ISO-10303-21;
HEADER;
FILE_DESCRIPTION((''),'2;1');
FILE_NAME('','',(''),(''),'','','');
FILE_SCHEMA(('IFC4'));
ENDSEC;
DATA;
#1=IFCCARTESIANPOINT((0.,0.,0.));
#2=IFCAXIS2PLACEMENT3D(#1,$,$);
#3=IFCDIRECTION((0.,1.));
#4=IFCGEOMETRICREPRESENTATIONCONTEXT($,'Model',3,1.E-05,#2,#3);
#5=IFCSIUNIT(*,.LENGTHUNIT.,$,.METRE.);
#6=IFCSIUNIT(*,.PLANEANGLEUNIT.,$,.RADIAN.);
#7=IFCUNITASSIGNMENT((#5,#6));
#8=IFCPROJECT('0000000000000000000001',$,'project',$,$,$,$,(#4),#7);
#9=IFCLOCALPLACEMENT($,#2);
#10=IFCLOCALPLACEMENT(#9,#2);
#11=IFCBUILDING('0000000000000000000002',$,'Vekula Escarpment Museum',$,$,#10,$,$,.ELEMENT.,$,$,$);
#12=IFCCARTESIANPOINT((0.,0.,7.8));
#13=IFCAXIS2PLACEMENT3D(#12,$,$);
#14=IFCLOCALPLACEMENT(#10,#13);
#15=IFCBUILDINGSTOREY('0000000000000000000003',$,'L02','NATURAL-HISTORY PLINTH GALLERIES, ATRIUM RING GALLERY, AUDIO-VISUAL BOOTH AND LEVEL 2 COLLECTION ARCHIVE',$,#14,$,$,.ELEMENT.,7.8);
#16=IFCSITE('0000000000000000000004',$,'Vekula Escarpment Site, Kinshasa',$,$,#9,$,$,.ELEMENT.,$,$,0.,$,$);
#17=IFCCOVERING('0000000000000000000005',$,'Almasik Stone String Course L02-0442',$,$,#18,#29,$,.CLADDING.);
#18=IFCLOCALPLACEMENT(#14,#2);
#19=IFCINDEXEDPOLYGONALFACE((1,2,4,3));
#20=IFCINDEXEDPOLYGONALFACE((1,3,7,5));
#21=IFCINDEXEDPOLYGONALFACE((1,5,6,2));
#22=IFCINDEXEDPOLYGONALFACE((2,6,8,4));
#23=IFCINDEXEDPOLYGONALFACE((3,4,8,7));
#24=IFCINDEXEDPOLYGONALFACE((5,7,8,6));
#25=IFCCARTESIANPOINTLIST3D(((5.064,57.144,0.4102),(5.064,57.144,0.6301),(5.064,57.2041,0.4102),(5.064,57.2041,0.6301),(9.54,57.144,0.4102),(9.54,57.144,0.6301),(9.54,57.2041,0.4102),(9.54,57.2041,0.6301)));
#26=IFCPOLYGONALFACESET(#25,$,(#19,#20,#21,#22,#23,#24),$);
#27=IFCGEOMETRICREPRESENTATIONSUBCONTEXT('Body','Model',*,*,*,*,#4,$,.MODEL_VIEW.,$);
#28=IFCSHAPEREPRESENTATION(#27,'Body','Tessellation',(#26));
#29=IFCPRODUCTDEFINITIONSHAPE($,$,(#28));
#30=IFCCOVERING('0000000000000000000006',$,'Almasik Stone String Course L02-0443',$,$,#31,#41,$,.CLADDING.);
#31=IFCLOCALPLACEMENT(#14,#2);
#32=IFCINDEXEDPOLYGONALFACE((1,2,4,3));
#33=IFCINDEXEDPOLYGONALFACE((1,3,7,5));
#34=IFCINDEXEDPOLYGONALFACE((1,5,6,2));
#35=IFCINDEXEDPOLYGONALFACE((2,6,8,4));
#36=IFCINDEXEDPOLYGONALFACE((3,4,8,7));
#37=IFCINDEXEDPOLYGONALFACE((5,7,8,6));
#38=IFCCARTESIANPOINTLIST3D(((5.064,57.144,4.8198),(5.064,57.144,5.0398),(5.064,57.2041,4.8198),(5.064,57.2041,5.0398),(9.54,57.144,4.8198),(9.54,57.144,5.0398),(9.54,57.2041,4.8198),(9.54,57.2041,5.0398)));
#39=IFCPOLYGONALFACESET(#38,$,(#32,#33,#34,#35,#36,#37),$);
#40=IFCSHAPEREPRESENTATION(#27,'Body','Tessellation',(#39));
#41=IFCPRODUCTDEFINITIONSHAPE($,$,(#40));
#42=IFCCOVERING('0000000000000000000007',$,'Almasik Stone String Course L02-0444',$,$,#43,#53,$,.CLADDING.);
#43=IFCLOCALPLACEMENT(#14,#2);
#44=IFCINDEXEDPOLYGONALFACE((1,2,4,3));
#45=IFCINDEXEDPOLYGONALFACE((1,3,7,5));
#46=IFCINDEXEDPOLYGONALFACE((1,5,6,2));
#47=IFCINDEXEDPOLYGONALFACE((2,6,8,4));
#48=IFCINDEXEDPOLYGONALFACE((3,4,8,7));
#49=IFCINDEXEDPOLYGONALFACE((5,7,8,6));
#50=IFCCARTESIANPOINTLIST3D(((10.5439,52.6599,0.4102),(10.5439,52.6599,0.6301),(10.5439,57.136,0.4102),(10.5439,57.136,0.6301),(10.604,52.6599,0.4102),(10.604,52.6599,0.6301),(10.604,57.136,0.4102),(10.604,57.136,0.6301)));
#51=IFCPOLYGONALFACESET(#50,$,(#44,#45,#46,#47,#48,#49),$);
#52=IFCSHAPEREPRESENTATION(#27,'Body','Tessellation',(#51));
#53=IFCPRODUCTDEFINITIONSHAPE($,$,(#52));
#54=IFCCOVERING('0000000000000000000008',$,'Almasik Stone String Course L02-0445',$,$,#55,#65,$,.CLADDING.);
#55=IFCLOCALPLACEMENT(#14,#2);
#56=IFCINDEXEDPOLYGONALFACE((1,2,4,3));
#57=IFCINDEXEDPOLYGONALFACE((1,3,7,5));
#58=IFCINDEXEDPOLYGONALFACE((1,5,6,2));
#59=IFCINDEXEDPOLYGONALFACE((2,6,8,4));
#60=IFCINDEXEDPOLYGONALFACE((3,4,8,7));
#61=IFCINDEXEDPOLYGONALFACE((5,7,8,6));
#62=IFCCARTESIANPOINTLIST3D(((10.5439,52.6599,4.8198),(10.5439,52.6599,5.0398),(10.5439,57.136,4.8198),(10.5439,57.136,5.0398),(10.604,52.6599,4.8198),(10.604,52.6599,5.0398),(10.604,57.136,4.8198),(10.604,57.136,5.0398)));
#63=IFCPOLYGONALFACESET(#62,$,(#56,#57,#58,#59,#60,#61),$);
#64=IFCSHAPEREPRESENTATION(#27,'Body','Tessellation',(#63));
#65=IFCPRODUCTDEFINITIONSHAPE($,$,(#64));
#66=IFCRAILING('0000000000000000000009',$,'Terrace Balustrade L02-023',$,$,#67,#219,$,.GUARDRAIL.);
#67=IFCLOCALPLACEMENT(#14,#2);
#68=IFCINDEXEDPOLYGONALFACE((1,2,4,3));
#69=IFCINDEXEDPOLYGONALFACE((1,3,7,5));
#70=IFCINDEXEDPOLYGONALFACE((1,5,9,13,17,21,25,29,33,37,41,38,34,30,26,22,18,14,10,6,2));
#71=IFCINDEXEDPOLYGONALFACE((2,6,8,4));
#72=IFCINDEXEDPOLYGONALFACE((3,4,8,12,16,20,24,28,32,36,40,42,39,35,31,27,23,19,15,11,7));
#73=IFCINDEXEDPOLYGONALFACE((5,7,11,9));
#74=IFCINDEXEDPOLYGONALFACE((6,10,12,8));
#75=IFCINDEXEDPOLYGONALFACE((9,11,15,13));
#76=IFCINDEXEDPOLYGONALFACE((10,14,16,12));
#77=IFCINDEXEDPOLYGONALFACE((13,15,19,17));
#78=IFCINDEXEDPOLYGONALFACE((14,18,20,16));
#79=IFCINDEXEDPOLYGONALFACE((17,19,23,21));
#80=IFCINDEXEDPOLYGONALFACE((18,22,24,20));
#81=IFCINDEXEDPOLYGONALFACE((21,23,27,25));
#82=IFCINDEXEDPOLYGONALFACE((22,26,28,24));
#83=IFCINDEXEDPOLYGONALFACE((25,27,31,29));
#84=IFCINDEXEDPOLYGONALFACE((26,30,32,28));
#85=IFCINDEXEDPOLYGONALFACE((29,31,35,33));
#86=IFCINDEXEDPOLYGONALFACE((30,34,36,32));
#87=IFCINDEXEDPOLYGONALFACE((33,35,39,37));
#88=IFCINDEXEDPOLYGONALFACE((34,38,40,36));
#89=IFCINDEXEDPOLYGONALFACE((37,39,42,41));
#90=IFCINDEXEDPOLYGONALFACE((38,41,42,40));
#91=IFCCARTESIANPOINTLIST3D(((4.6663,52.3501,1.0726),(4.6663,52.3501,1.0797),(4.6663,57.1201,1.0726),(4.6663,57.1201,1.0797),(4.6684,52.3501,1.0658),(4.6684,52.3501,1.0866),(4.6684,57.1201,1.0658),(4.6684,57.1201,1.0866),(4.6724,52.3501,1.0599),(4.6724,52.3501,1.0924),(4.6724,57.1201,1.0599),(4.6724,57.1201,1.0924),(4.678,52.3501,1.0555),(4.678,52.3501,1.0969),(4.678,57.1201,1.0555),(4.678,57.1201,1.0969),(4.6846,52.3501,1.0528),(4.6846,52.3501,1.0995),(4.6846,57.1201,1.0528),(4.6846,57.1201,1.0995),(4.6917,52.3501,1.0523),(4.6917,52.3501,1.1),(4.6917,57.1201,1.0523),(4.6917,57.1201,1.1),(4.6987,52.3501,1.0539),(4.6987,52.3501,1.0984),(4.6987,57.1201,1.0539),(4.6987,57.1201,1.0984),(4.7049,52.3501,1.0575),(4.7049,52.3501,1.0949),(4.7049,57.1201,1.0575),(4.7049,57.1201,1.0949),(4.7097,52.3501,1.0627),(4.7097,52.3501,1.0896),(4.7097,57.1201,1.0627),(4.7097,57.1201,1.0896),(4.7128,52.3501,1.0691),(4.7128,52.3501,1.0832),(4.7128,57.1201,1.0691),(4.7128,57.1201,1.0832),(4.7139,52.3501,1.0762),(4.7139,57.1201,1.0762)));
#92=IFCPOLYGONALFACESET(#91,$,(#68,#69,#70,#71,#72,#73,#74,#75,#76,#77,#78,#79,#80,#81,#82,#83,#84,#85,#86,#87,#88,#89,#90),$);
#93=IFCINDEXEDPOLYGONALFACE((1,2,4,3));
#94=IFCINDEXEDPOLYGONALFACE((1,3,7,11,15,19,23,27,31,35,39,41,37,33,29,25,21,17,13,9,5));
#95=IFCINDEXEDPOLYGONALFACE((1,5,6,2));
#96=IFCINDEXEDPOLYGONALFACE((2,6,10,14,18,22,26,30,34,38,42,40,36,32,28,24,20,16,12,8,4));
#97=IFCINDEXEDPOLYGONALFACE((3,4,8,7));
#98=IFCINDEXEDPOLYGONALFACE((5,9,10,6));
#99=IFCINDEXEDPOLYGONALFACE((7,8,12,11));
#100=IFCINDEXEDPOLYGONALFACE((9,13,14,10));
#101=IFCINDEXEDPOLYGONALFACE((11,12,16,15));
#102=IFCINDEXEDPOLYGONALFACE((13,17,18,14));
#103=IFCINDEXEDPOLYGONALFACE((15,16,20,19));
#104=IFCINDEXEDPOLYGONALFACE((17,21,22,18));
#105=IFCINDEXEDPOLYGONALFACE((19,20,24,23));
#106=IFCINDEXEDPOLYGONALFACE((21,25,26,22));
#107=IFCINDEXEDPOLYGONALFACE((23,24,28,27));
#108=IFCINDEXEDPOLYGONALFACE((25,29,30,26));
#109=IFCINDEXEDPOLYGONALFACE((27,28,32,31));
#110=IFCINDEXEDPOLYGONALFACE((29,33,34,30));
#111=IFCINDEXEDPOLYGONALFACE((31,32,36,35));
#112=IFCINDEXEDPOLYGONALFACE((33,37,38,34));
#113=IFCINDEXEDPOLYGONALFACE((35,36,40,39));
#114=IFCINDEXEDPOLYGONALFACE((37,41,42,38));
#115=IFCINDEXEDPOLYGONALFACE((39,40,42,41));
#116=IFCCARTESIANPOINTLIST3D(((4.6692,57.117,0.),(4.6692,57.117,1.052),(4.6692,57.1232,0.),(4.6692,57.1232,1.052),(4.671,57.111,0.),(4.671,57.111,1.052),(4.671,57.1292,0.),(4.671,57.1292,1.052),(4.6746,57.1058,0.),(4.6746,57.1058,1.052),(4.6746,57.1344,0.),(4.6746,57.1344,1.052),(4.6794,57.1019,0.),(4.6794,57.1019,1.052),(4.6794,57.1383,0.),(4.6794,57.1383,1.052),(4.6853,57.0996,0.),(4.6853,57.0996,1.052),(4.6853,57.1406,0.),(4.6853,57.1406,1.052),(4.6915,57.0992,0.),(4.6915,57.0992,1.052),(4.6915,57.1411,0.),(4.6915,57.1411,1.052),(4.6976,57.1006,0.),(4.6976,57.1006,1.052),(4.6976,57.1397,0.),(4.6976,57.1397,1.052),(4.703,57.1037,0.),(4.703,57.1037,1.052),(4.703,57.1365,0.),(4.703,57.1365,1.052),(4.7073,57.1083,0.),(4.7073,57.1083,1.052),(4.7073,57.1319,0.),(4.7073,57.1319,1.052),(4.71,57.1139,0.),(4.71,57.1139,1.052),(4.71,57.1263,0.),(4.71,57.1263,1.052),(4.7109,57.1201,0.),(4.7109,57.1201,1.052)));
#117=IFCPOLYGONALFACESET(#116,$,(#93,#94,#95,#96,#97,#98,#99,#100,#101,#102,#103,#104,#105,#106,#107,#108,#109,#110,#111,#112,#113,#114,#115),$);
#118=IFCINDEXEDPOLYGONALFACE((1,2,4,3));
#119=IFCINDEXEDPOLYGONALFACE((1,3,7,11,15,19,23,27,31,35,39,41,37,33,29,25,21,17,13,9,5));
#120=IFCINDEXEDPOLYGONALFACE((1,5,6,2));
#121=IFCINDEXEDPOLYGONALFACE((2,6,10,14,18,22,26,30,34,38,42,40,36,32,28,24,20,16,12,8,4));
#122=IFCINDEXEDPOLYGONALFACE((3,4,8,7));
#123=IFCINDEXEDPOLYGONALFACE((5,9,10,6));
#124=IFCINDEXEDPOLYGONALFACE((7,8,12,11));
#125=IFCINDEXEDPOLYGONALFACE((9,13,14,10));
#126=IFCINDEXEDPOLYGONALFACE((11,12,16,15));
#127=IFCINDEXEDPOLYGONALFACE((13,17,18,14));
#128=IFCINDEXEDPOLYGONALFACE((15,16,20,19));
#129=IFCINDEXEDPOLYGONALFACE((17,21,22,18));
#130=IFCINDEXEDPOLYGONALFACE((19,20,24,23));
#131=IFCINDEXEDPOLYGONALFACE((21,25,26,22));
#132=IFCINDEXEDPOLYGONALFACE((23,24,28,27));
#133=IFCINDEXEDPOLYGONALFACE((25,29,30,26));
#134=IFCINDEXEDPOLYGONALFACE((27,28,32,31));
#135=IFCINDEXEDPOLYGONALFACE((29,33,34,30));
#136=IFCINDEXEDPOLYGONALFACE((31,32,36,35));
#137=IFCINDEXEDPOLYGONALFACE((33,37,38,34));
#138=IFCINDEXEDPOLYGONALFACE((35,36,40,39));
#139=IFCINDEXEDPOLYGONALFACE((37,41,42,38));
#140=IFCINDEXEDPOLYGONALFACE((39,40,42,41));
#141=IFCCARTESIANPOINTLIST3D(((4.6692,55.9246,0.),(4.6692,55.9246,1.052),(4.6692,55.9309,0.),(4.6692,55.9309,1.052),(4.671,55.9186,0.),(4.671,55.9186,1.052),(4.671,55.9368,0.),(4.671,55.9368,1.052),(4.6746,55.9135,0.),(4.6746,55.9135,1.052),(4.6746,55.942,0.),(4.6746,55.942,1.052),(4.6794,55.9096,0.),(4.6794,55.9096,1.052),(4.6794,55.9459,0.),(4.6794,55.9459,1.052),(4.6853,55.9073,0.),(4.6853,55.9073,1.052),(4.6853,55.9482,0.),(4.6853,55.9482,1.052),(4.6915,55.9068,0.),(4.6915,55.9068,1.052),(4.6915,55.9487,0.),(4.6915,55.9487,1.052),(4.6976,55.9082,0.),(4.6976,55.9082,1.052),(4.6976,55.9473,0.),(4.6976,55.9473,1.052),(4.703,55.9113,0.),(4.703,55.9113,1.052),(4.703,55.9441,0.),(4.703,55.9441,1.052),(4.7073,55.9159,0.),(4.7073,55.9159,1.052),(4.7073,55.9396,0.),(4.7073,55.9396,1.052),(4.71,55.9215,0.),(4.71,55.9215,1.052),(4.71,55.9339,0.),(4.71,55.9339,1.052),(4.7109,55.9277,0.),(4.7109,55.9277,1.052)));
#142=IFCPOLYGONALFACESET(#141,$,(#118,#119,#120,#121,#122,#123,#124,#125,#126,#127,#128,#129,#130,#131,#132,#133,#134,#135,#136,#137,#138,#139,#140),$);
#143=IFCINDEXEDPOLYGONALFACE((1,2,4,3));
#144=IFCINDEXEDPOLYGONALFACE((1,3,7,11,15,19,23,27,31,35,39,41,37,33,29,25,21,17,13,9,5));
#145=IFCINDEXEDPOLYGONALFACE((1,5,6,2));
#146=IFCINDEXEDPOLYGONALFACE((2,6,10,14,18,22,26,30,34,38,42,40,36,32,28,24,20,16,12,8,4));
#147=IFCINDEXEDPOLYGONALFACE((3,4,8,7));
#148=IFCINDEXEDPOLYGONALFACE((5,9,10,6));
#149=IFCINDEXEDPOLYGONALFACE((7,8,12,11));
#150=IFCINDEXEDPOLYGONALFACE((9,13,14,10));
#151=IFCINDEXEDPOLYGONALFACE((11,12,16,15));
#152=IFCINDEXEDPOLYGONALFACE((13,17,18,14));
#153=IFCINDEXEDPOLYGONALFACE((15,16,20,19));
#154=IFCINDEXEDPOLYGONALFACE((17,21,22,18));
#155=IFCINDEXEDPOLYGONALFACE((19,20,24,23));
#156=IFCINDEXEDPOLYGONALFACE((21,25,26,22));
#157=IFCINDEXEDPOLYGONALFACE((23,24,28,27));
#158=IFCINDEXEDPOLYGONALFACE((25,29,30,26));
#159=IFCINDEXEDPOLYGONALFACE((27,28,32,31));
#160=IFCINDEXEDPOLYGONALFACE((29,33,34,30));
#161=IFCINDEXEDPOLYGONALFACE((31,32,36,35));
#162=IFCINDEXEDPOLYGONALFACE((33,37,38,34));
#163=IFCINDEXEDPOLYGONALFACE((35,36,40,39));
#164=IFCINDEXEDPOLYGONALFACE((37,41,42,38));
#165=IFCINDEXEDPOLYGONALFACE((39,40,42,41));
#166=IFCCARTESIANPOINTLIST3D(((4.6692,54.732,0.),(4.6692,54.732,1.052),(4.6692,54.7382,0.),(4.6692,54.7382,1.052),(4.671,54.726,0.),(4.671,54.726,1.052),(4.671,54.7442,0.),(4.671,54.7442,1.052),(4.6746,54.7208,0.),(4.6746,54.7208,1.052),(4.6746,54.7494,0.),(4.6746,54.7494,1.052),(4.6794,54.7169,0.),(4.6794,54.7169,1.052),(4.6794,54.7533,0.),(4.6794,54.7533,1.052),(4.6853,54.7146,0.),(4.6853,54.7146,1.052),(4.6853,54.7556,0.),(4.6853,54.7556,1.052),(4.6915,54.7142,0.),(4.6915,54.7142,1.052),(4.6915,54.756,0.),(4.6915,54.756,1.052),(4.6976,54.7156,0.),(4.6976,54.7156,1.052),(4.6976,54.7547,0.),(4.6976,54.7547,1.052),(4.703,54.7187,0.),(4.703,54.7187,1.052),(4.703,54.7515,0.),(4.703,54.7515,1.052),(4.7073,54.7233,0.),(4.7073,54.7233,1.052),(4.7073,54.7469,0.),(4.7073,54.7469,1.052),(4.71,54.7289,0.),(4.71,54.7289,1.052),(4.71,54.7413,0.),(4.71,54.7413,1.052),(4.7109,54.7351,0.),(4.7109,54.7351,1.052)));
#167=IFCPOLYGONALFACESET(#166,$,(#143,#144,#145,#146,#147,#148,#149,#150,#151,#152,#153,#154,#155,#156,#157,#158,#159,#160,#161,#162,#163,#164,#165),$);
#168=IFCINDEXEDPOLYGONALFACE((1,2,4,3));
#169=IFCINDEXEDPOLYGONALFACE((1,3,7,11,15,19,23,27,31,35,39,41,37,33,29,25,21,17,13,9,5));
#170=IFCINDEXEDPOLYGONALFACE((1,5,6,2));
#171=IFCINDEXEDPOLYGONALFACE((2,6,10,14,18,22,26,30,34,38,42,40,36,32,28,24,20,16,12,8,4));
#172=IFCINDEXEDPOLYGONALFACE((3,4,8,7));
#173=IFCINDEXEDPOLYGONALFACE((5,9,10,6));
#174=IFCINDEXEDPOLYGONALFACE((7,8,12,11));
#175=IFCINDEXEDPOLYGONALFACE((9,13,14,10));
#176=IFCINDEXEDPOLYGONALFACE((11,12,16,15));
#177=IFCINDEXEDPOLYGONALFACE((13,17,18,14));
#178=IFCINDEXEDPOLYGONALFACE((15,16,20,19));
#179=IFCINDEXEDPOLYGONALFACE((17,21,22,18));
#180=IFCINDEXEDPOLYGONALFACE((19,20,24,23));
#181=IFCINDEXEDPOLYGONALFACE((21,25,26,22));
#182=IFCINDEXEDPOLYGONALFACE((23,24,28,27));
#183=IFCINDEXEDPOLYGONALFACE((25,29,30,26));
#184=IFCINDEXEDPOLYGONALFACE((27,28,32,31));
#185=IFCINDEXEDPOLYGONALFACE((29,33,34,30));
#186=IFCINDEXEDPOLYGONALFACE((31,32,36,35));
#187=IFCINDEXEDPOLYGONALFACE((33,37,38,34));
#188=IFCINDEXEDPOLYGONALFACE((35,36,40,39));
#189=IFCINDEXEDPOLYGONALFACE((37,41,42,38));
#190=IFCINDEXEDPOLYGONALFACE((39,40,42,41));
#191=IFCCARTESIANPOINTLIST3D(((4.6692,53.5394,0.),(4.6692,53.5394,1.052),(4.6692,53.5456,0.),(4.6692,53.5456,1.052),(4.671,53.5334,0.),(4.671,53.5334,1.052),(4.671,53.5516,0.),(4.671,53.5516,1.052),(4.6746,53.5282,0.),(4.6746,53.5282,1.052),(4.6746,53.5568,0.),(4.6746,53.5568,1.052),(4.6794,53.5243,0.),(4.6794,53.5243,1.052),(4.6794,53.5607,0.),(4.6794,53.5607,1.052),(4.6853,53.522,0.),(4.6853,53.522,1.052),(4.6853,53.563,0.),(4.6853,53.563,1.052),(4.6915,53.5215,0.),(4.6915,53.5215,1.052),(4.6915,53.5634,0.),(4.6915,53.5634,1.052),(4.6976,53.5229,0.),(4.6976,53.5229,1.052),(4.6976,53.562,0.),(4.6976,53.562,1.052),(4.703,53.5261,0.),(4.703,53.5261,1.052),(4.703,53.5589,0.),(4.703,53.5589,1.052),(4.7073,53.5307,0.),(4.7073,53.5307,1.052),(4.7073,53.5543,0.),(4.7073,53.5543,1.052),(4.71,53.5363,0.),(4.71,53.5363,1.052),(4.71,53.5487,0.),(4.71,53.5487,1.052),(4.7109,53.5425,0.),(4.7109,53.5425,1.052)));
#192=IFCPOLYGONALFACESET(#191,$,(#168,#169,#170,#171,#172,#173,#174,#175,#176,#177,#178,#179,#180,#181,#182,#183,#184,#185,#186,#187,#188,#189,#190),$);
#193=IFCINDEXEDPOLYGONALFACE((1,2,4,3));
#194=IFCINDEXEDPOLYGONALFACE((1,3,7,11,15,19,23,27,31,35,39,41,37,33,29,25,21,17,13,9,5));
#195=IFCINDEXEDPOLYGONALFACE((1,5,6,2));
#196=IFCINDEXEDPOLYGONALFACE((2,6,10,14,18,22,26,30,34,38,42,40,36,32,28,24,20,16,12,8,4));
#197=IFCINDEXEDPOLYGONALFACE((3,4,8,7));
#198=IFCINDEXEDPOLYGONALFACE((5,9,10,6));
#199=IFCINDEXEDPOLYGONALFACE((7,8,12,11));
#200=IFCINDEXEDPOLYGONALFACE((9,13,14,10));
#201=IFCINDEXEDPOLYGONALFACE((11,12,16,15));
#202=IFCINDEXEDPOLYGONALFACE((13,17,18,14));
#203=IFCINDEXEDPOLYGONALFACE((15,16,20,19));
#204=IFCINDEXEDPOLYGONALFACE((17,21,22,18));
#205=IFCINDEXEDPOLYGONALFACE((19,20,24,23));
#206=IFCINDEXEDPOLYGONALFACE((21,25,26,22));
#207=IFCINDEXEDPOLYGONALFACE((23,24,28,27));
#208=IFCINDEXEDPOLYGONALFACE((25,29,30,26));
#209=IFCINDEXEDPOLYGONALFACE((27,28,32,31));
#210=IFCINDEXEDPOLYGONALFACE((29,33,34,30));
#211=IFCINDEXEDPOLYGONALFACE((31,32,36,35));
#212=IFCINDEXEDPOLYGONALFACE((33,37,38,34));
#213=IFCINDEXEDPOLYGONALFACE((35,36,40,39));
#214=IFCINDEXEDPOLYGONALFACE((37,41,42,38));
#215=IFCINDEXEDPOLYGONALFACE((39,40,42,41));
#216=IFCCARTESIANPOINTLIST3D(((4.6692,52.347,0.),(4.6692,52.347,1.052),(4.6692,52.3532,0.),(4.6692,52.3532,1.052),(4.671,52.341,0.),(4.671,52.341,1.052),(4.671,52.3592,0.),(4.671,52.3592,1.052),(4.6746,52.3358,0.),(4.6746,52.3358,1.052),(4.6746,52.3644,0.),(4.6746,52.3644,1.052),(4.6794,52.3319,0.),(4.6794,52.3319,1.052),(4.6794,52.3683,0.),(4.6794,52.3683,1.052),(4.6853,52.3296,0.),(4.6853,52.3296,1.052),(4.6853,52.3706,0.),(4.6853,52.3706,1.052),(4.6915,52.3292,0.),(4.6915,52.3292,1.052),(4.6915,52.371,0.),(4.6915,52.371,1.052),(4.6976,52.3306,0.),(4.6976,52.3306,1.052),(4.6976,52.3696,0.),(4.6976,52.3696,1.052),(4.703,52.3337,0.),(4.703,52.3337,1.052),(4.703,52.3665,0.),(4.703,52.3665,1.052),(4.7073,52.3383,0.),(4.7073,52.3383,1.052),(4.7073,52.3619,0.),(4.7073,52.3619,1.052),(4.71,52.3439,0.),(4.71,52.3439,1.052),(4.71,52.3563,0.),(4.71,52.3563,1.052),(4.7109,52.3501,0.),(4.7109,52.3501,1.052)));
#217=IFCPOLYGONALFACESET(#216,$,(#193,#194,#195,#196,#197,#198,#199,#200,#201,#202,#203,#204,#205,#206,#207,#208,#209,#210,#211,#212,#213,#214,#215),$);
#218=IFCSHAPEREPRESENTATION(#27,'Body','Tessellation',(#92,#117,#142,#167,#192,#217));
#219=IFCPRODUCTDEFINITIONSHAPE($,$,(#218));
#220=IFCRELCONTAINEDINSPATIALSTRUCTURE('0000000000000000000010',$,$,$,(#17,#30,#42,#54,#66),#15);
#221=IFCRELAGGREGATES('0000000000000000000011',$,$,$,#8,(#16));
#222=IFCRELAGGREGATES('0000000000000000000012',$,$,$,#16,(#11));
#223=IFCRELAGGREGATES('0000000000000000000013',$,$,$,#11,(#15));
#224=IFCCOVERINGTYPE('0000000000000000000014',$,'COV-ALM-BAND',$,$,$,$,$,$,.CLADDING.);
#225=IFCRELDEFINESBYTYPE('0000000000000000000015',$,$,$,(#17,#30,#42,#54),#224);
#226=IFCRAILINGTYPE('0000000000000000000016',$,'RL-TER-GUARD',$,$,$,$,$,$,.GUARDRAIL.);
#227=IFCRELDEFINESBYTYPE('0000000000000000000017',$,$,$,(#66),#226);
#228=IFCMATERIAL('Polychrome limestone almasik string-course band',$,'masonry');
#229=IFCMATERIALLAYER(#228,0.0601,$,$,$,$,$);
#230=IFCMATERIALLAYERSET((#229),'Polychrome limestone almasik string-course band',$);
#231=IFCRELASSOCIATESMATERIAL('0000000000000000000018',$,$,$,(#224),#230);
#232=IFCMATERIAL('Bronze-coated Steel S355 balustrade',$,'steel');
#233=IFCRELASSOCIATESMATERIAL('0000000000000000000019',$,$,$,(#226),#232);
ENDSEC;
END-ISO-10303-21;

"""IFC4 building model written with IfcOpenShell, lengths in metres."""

from ifc_helpers import new_model, si_unit, direction, frame, origin, origin_2d, place, context, subcontext, project, spatial, rectangle, circle, extrude, material, layer, layer_set, type_object, element, save


model = new_model("IFC4")

# Units and contexts
model_context = context("Model", 3, precision=1e-05, world=origin(), true_north=direction((0.0, 1.0)))
body_context = subcontext(model_context, "Body", "Model", "MODEL_VIEW")
ifc_project = project(units=[si_unit("LENGTHUNIT", "METRE"), si_unit("PLANEANGLEUNIT", "RADIAN")], contexts=[model_context])

# Site, building, storey
site_placement = place(None, origin())
site = spatial("IfcSite", under=ifc_project, at=site_placement, Name="Vekula Escarpment Site, Kinshasa", CompositionType="ELEMENT", RefElevation=0.0)
building_placement = place(site_placement, origin())
building = spatial("IfcBuilding", under=site, at=building_placement, Name="Vekula Escarpment Museum", CompositionType="ELEMENT")
storey_placement = place(building_placement, frame((0.0, 0.0, 7.8)))
storey = spatial("IfcBuildingStorey", under=building, at=storey_placement, Name="L02", Description="NATURAL-HISTORY PLINTH GALLERIES, ATRIUM RING GALLERY, AUDIO-VISUAL BOOTH AND LEVEL 2 COLLECTION ARCHIVE", CompositionType="ELEMENT", Elevation=7.8)

# Coverings
ifc_material_1 = material(Name="Polychrome limestone almasik string-course band", Category="masonry")
ifc_layer_1 = layer(ifc_material_1, 0.0601)
ifc_layer_set_1 = layer_set([ifc_layer_1], Name="Polychrome limestone almasik string-course band")
covering_type = type_object("IfcCoveringType", Name="COV-ALM-BAND", PredefinedType="CLADDING", material=ifc_layer_set_1)
for number, where, z_axis, x_axis, name in (
    (1, (7.302, 57.1741, 0.4102), (0.0, 0.0, 1.0), (1.0, 0.0, 0.0), "Almasik Stone String Course L02-0442"),
    (2, (7.302, 57.1741, 4.8198), (0.0, 0.0, 1.0), (1.0, 0.0, 0.0), "Almasik Stone String Course L02-0443"),
    (3, (10.574, 54.8979, 0.4102), (0.0, 0.0, 1.0), (0.0, 1.0, 0.0), "Almasik Stone String Course L02-0444"),
    (4, (10.574, 54.8979, 4.8198), (0.0, 0.0, 1.0), (0.0, 1.0, 0.0), "Almasik Stone String Course L02-0445"),
):
    element("IfcCovering", number, at=place(storey_placement, frame(where, z_axis=z_axis, x_axis=x_axis)), inside=storey, type_object=covering_type, Name=name, PredefinedType="CLADDING", context=body_context, shape_type="SweptSolid", body=[
        extrude(rectangle(XDim=4.4761, YDim=0.0601, at=origin_2d()), origin(), (0.0, 0.0, 1.0), 0.22),
    ])

# Railing
ifc_material_2 = material(Name="Bronze-coated Steel S355 balustrade", Category="steel")
railing_type = type_object("IfcRailingType", Name="RL-TER-GUARD", PredefinedType="GUARDRAIL", material=ifc_material_2)
railing_placement = place(storey_placement, frame((4.6899, 57.1201, 0.0)))
element("IfcRailing", 5, at=railing_placement, inside=storey, type_object=railing_type, Name="Terrace Balustrade L02-023", PredefinedType="GUARDRAIL", context=body_context, shape_type="SweptSolid", body=[
    extrude(circle(Radius=0.0239, at=origin_2d()), frame((0.0, 0.0, 1.0762), z_axis=(0.0, -1.0, 0.0), x_axis=(1.0, 0.0, 0.0)), (0.0, 0.0, 1.0), 4.77),
    extrude(circle(Radius=0.021, at=origin_2d()), origin(), (0.0, 0.0, 1.0), 1.052),
    extrude(circle(Radius=0.021, at=origin_2d()), frame((0.0, -1.1924, 0.0)), (0.0, 0.0, 1.0), 1.052),
    extrude(circle(Radius=0.021, at=origin_2d()), frame((0.0, -2.385, 0.0)), (0.0, 0.0, 1.0), 1.052),
    extrude(circle(Radius=0.021, at=origin_2d()), frame((0.0, -3.5776, 0.0)), (0.0, 0.0, 1.0), 1.052),
    extrude(circle(Radius=0.021, at=origin_2d()), frame((0.0, -4.77, 0.0)), (0.0, 0.0, 1.0), 1.052),
])

save(model, "model.ifc")
